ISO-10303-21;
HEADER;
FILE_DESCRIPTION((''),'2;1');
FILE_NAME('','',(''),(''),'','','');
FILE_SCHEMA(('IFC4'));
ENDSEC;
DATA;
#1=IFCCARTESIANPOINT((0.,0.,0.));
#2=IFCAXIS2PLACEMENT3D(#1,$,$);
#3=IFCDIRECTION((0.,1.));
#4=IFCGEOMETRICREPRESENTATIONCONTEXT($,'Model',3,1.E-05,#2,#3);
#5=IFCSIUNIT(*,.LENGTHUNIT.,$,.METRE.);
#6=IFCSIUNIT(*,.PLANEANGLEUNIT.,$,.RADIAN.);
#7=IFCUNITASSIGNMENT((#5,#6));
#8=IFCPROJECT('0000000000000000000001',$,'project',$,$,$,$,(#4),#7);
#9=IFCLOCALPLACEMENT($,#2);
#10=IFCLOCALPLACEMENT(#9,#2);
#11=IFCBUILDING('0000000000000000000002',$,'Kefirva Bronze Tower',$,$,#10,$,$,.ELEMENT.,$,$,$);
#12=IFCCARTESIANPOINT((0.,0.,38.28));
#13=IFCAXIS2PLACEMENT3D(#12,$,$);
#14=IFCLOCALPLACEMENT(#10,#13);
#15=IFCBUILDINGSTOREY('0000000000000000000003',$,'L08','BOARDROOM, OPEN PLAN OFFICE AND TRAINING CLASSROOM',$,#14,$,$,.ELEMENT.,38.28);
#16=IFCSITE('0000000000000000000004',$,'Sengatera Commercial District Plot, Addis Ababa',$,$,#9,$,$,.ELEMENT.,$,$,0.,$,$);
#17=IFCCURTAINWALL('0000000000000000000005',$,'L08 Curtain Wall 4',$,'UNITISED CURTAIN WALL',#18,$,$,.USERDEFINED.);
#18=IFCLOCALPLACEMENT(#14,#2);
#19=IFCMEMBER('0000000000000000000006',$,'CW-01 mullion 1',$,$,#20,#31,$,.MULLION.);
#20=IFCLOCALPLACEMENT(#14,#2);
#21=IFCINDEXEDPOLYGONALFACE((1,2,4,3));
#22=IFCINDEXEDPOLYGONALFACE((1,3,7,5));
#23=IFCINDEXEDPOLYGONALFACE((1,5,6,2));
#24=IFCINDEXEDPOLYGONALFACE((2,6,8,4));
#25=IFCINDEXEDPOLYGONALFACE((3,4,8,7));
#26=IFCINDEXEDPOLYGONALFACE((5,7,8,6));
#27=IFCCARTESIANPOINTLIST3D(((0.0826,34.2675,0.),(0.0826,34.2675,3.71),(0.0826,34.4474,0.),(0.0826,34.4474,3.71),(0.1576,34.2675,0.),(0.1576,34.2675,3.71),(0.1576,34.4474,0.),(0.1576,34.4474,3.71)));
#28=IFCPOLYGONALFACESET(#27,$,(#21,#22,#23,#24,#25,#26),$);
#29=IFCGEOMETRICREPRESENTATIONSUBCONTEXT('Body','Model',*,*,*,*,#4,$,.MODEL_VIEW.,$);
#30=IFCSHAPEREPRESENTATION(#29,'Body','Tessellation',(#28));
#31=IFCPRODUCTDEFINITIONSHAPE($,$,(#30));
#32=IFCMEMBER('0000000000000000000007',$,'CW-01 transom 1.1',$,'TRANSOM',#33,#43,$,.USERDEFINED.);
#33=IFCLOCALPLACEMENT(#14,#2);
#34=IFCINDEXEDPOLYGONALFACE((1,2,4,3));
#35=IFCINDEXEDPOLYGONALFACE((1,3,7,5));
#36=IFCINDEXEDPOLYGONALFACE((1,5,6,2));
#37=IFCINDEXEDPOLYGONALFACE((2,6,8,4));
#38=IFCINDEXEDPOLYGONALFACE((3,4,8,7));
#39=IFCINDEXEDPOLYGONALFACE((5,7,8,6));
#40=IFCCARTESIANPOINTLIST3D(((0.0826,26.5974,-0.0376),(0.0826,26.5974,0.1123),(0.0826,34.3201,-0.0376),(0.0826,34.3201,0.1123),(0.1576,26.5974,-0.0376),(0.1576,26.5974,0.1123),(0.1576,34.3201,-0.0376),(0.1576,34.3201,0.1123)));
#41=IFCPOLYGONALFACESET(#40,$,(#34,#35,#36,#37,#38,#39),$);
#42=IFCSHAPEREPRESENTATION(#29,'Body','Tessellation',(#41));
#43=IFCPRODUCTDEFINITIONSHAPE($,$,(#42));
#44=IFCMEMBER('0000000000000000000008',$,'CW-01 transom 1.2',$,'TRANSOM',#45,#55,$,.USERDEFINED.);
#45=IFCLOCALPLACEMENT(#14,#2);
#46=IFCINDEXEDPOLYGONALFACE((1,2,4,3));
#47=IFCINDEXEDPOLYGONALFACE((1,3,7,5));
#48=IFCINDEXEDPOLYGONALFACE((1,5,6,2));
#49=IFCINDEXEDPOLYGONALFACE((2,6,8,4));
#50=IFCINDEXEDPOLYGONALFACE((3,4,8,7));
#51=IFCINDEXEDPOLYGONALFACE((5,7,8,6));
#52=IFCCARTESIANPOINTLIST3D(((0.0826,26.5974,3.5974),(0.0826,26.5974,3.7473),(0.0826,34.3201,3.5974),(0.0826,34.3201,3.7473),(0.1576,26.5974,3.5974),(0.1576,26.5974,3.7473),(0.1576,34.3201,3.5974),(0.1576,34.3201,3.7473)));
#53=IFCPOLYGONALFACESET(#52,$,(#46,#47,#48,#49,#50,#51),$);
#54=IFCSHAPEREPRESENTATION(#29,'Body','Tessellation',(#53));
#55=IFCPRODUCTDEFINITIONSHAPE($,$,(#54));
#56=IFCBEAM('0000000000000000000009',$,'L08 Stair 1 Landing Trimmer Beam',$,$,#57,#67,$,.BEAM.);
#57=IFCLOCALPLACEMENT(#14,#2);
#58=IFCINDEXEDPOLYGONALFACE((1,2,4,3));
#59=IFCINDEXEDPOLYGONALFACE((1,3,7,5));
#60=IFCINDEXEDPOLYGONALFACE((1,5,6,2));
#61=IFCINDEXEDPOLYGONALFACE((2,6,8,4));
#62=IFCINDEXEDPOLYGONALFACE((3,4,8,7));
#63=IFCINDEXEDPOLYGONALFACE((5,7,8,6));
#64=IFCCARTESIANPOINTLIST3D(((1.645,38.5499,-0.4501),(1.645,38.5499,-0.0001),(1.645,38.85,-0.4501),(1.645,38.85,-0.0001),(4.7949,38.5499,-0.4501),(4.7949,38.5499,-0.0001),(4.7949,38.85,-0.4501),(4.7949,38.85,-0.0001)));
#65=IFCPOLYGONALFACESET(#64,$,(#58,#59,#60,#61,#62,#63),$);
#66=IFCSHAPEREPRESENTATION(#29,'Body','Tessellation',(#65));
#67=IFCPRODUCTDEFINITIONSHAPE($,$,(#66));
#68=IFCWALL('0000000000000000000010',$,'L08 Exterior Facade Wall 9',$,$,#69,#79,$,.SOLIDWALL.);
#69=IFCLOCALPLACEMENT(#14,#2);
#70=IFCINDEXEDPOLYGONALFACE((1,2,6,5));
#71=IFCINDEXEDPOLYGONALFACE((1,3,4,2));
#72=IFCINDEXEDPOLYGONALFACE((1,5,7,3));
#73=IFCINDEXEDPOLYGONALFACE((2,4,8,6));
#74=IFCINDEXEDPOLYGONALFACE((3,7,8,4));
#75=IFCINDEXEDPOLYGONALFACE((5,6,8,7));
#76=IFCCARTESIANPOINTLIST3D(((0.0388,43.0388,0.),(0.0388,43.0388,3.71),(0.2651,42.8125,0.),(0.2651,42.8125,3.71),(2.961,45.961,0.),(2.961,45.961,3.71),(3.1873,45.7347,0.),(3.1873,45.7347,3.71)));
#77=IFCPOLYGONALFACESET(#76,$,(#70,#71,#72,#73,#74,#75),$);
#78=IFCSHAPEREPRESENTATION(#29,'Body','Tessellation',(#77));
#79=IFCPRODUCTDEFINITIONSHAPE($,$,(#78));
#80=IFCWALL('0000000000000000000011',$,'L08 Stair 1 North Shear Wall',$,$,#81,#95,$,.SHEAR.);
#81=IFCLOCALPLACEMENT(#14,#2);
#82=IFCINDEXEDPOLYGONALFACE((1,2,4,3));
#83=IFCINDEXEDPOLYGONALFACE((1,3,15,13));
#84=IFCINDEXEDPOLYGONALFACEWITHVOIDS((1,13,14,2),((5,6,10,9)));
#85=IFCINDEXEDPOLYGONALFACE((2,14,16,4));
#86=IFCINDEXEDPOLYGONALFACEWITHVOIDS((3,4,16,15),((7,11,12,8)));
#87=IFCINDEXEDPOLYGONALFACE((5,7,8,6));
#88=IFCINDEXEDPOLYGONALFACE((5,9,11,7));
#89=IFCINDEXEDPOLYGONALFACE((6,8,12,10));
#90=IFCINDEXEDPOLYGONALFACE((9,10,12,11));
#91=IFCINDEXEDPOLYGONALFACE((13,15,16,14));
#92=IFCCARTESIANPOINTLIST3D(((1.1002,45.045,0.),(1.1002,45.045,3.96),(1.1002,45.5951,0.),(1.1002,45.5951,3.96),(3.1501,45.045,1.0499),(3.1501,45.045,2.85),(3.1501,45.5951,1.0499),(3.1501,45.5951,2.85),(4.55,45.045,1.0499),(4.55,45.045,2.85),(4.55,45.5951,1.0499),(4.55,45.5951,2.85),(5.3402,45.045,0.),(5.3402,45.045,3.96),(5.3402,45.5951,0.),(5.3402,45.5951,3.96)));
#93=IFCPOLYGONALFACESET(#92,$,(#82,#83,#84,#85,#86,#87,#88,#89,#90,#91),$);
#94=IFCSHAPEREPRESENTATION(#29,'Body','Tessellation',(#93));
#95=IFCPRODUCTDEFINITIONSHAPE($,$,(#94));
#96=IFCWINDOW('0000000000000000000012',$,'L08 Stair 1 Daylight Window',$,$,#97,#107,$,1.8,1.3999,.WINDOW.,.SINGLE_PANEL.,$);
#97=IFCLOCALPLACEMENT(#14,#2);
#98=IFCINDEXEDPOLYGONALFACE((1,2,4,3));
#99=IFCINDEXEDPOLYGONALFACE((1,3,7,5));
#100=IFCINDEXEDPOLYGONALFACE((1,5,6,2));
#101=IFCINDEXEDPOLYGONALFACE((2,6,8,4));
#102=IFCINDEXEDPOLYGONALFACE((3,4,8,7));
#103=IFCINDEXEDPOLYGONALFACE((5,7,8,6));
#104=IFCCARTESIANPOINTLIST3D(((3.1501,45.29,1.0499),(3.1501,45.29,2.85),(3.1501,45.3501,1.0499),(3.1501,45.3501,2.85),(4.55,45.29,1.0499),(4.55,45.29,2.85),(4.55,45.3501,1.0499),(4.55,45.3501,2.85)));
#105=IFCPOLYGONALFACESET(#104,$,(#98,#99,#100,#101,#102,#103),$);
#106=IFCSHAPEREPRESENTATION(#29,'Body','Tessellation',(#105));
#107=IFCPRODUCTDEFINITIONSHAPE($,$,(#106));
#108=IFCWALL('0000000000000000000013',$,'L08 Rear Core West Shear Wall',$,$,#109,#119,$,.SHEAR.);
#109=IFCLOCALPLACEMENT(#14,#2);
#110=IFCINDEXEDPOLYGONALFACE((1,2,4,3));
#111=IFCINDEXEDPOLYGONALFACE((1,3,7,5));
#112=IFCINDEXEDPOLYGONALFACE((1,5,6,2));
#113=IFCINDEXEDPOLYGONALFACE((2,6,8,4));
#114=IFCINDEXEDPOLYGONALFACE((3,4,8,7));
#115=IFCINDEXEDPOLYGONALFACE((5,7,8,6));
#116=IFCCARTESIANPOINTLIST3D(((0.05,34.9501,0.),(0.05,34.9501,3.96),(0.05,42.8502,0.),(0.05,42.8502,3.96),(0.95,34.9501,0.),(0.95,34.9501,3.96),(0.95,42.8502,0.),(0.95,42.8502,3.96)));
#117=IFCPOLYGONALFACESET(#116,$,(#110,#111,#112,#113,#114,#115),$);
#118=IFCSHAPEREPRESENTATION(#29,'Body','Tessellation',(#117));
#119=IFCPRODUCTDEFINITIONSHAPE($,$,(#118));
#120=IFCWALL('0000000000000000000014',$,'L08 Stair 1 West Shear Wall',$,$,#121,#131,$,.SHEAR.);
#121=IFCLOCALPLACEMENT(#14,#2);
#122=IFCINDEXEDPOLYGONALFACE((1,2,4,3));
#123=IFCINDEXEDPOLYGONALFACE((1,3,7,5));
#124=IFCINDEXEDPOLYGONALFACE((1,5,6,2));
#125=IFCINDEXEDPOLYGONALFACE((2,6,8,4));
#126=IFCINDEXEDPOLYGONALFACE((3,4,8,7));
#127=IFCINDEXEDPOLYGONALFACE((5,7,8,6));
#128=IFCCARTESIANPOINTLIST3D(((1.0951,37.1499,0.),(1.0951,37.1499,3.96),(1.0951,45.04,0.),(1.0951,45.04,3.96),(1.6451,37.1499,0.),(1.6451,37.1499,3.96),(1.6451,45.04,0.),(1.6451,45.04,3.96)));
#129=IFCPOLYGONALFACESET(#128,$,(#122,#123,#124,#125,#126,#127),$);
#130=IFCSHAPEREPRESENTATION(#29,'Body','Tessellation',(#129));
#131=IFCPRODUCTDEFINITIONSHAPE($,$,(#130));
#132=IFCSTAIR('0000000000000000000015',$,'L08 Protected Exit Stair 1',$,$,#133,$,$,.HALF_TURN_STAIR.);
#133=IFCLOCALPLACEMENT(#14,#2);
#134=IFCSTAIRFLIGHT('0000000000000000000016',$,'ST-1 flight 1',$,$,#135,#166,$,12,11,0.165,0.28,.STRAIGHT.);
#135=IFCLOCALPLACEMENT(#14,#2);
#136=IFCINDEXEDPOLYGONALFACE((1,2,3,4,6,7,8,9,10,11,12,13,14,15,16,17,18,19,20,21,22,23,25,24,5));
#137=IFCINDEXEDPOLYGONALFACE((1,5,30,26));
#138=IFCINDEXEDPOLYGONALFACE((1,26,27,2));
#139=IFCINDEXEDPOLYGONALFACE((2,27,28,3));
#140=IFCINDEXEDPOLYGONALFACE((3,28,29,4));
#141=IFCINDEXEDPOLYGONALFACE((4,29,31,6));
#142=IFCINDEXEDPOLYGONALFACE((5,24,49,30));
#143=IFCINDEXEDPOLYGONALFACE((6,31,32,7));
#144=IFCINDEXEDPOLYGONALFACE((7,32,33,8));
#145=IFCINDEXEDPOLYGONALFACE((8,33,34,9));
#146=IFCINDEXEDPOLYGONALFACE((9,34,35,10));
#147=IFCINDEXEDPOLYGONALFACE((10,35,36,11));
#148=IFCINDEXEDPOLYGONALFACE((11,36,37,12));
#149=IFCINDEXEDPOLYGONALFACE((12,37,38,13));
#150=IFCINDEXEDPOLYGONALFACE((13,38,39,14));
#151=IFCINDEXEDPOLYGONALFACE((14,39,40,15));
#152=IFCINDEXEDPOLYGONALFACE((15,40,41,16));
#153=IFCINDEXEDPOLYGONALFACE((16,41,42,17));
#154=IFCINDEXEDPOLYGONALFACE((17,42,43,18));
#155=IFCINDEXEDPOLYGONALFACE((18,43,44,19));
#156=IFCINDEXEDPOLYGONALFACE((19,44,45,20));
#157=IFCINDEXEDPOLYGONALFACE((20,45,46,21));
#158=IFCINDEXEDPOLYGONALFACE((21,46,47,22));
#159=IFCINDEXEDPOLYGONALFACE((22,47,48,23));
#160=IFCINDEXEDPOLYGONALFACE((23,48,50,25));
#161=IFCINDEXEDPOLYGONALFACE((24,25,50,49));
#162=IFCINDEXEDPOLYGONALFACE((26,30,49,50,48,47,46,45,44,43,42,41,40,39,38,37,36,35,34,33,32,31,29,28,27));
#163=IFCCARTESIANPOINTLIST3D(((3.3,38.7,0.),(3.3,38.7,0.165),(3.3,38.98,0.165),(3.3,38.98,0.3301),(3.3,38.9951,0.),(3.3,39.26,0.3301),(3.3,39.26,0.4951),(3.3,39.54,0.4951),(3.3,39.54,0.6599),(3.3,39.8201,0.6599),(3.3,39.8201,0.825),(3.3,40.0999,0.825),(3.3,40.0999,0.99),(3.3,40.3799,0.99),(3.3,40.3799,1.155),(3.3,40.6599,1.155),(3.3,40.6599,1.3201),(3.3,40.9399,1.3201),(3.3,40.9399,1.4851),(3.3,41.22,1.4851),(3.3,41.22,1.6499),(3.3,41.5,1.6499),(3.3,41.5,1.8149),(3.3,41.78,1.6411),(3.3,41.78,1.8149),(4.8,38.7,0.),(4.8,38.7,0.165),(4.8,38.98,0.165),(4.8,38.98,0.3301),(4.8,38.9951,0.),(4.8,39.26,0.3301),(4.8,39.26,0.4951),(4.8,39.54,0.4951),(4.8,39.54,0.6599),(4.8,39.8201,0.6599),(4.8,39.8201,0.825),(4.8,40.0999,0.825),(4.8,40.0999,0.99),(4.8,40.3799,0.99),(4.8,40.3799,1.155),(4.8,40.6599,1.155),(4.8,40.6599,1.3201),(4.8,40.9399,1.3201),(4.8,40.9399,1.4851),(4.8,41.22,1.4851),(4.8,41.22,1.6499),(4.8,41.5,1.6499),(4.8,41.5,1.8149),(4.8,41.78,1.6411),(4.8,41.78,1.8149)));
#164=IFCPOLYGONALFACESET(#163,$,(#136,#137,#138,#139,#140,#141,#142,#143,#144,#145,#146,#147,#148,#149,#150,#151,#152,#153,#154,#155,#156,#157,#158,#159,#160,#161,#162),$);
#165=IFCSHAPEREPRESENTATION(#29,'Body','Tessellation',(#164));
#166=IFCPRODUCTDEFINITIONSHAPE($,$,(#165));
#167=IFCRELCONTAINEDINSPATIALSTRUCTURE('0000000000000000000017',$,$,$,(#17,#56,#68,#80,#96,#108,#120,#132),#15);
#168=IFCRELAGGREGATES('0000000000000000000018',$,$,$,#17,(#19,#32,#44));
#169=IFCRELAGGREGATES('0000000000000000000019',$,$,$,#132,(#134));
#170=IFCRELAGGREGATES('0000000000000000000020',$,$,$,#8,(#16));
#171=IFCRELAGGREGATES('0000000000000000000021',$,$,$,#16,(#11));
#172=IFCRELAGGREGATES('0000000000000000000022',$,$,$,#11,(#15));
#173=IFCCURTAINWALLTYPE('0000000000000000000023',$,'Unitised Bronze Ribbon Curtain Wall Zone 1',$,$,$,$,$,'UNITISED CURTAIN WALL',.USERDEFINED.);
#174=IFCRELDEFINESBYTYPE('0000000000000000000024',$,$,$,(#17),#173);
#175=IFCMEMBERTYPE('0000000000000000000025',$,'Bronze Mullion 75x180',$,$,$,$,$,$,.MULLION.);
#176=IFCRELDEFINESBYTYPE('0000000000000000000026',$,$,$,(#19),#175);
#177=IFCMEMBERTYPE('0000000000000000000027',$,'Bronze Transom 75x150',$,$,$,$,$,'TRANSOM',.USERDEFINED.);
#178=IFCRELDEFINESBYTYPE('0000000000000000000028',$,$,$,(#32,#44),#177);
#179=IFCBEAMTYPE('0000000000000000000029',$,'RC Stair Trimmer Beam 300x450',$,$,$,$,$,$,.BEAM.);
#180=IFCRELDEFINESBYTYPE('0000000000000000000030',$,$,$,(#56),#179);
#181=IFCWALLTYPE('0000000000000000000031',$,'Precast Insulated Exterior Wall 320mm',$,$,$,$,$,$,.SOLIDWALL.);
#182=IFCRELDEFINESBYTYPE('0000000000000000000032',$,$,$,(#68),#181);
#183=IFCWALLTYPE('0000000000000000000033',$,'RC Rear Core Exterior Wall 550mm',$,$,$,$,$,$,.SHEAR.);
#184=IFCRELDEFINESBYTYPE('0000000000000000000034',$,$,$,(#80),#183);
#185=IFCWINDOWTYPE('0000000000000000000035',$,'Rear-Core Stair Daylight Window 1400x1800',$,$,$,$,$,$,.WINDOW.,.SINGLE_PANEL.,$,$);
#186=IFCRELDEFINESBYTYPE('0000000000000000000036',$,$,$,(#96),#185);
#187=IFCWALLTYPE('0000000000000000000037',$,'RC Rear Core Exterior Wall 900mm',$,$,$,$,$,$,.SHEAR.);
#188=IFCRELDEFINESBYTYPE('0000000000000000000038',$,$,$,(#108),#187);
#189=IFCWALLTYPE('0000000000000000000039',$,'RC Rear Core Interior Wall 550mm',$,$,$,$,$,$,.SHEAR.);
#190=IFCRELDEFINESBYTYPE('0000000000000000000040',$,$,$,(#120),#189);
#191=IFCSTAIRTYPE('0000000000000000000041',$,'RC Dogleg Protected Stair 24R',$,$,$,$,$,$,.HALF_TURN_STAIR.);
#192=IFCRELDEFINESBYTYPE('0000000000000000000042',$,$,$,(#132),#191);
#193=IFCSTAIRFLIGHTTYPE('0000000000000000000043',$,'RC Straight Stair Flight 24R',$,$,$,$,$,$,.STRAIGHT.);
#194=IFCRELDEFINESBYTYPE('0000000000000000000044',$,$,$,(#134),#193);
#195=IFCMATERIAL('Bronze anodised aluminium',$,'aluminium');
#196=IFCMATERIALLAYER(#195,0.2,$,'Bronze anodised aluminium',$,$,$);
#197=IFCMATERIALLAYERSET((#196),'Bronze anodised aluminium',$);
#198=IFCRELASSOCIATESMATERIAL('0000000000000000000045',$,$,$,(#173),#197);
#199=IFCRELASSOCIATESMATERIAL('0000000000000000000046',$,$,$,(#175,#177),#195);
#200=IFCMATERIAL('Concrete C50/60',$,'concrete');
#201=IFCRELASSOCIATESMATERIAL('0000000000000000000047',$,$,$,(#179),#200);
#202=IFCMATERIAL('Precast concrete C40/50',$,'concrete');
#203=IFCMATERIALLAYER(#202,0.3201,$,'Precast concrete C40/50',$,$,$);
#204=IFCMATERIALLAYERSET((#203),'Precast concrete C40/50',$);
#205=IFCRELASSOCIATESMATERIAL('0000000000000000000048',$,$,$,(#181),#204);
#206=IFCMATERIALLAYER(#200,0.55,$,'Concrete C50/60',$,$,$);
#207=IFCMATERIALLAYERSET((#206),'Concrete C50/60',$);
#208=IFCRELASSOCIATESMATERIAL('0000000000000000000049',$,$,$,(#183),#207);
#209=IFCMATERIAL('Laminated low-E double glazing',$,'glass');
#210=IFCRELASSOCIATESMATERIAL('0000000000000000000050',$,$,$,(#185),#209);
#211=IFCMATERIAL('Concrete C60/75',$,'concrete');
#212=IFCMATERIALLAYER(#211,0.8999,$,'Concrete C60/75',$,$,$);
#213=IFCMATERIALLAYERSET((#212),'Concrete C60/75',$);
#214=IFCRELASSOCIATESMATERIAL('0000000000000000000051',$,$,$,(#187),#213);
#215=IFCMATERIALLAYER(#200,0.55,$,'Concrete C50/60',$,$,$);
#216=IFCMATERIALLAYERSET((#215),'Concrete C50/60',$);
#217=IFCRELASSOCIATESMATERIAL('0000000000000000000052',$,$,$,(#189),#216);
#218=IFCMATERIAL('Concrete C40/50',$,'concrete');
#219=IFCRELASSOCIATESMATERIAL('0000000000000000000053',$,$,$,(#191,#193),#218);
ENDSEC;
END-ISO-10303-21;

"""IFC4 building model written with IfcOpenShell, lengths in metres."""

from ifc_helpers import new_model, si_unit, direction, frame, frame_2d, origin, origin_2d, place, context, subcontext, project, spatial, polyline, rectangle, outline, extrude, material, layer, layer_set, material_profile, profile_set, type_object, element, fill, aggregate, save


model = new_model("IFC4")

# Units and contexts
model_context = context("Model", 3, precision=1e-05, world=origin(), true_north=direction((0.0, 1.0)))
body_context = subcontext(model_context, "Body", "Model", "MODEL_VIEW")
ifc_project = project(units=[si_unit("LENGTHUNIT", "METRE"), si_unit("PLANEANGLEUNIT", "RADIAN")], contexts=[model_context])

# Site, building, storey
site_placement = place(None, origin())
site = spatial("IfcSite", under=ifc_project, at=site_placement, Name="Sengatera Commercial District Plot, Addis Ababa", CompositionType="ELEMENT", RefElevation=0.0)
building_placement = place(site_placement, origin())
building = spatial("IfcBuilding", under=site, at=building_placement, Name="Kefirva Bronze Tower", CompositionType="ELEMENT")
storey_placement = place(building_placement, frame((0.0, 0.0, 38.28)))
storey = spatial("IfcBuildingStorey", under=building, at=storey_placement, Name="L08", Description="BOARDROOM, OPEN PLAN OFFICE AND TRAINING CLASSROOM", CompositionType="ELEMENT", Elevation=38.28)

# Curtain wall, members
ifc_material_1 = material(Name="Bronze anodised aluminium", Category="aluminium")
ifc_layer_1 = layer(ifc_material_1, 0.2, Name="Bronze anodised aluminium")
ifc_layer_set_1 = layer_set([ifc_layer_1], Name="Bronze anodised aluminium")
curtain_wall_type = type_object("IfcCurtainWallType", Name="Unitised Bronze Ribbon Curtain Wall Zone 1", ElementType="UNITISED CURTAIN WALL", PredefinedType="USERDEFINED", material=ifc_layer_set_1)
curtain_wall_placement = place(storey_placement, origin())
curtain_wall = element("IfcCurtainWall", 1, at=curtain_wall_placement, inside=storey, type_object=curtain_wall_type, Name="L08 Curtain Wall 4", ObjectType="UNITISED CURTAIN WALL", PredefinedType="USERDEFINED")
ifc_material_profile_1 = material_profile(ifc_material_1, rectangle(XDim=0.075, YDim=0.1799, at=origin_2d()), Name="ALU 75x180")
ifc_profile_set_1 = profile_set([ifc_material_profile_1], Name="Bronze anodised aluminium")
member_type_1 = type_object("IfcMemberType", Name="Bronze Mullion 75x180", PredefinedType="MULLION", material=ifc_profile_set_1)
member_1_placement = place(storey_placement, frame((0.1201, 34.3574, 0.0), z_axis=(0.0, 0.0, 1.0), x_axis=(1.0, 0.0, 0.0)))
member_1 = element("IfcMember", 2, at=member_1_placement, type_object=member_type_1, Name="CW-01 mullion 1", PredefinedType="MULLION", context=body_context, shape_type="SweptSolid", body=[
    extrude(rectangle(XDim=0.075, YDim=0.1799, at=origin_2d()), origin(), (0.0, 0.0, 1.0), 3.71),
])
ifc_material_profile_2 = material_profile(ifc_material_1, rectangle(XDim=0.075, YDim=0.1499, at=origin_2d()), Name="ALU 75x150")
ifc_profile_set_2 = profile_set([ifc_material_profile_2], Name="Bronze anodised aluminium")
member_type_2 = type_object("IfcMemberType", Name="Bronze Transom 75x150", ElementType="TRANSOM", PredefinedType="USERDEFINED", material=ifc_profile_set_2)
member_2_placement = place(storey_placement, frame((0.1201, 34.3201, 0.0374), z_axis=(0.0, -1.0, 0.0), x_axis=(1.0, 0.0, 0.0)))
member_2 = element("IfcMember", 3, at=member_2_placement, type_object=member_type_2, Name="CW-01 transom 1.1", ObjectType="TRANSOM", PredefinedType="USERDEFINED", context=body_context, shape_type="SweptSolid", body=[
    extrude(rectangle(XDim=0.075, YDim=0.1499, at=origin_2d()), origin(), (0.0, 0.0, 1.0), 7.7227),
])
member_3_placement = place(storey_placement, frame((0.1201, 34.3201, 3.6724), z_axis=(0.0, -1.0, 0.0), x_axis=(1.0, 0.0, 0.0)))
member_3 = element("IfcMember", 4, at=member_3_placement, type_object=member_type_2, Name="CW-01 transom 1.2", ObjectType="TRANSOM", PredefinedType="USERDEFINED", context=body_context, shape_type="SweptSolid", body=[
    extrude(rectangle(XDim=0.075, YDim=0.1499, at=origin_2d()), origin(), (0.0, 0.0, 1.0), 7.7227),
])
aggregate(curtain_wall, [member_1, member_2, member_3])

# Beam
ifc_material_2 = material(Name="Concrete C50/60", Category="concrete")
ifc_material_profile_3 = material_profile(ifc_material_2, rectangle(XDim=0.3, YDim=0.45, at=origin_2d()), Name="RC 300x450")
ifc_profile_set_3 = profile_set([ifc_material_profile_3], Name="Concrete C50/60")
beam_type = type_object("IfcBeamType", Name="RC Stair Trimmer Beam 300x450", PredefinedType="BEAM", material=ifc_profile_set_3)
beam_placement = place(storey_placement, frame((1.645, 38.7, -0.2251), z_axis=(1.0, 0.0, 0.0), x_axis=(0.0, 1.0, 0.0)))
element("IfcBeam", 5, at=beam_placement, inside=storey, type_object=beam_type, Name="L08 Stair 1 Landing Trimmer Beam", PredefinedType="BEAM", context=body_context, shape_type="SweptSolid", body=[
    extrude(rectangle(XDim=0.3, YDim=0.45, at=origin_2d()), origin(), (0.0, 0.0, 1.0), 3.1499),
])

# Wall
ifc_material_3 = material(Name="Precast concrete C40/50", Category="concrete")
ifc_layer_2 = layer(ifc_material_3, 0.3201, Name="Precast concrete C40/50")
ifc_layer_set_2 = layer_set([ifc_layer_2], Name="Precast concrete C40/50")
wall_type_1 = type_object("IfcWallType", Name="Precast Insulated Exterior Wall 320mm", PredefinedType="SOLIDWALL", material=ifc_layer_set_2)
wall_1_placement = place(storey_placement, frame((3.0742, 45.8479, 0.0), z_axis=(0.0, 0.0, 1.0), x_axis=(-0.707107, -0.707107, 0.0)))
element("IfcWall", 6, at=wall_1_placement, inside=storey, type_object=wall_type_1, Name="L08 Exterior Facade Wall 9", PredefinedType="SOLIDWALL", context=body_context, shape_type="SweptSolid", body=[
    extrude(rectangle(XDim=4.1326, YDim=0.3201, at=frame_2d((2.0664, 0.0))), origin(), (0.0, 0.0, 1.0), 3.71),
])

# Wall, opening, window
ifc_layer_3 = layer(ifc_material_2, 0.55, Name="Concrete C50/60")
ifc_layer_set_3 = layer_set([ifc_layer_3], Name="Concrete C50/60")
wall_type_2 = type_object("IfcWallType", Name="RC Rear Core Exterior Wall 550mm", PredefinedType="SHEAR", material=ifc_layer_set_3)
wall_2_placement = place(storey_placement, frame((1.1001, 45.3201, 0.0), z_axis=(0.0, 0.0, 1.0), x_axis=(1.0, 0.0, 0.0)))
wall_2 = element("IfcWall", 7, at=wall_2_placement, inside=storey, type_object=wall_type_2, Name="L08 Stair 1 North Shear Wall", PredefinedType="SHEAR", context=body_context, shape_type="SweptSolid", body=[
    extrude(rectangle(XDim=4.24, YDim=0.55, at=frame_2d((2.1201, 0.0))), origin(), (0.0, 0.0, 1.0), 3.96),
])
opening_1_placement = place(wall_2_placement, frame((2.05, 0.0, 1.05)))
opening_1 = element("IfcOpeningElement", 8, at=opening_1_placement, cuts=wall_2, PredefinedType="OPENING", context=body_context, shape_type="SweptSolid", body=[
    extrude(rectangle(XDim=1.3999, YDim=1.8, at=frame_2d((0.7, 0.8999))), frame((0.0, 0.2852, 0.0), z_axis=(0.0, -1.0, 0.0), x_axis=(1.0, 0.0, 0.0)), (0.0, 0.0, 1.0), 0.5701),
])
ifc_material_4 = material(Name="Laminated low-E double glazing", Category="glass")
window_type = type_object("IfcWindowType", Name="Rear-Core Stair Daylight Window 1400x1800", PartitioningType="SINGLE_PANEL", PredefinedType="WINDOW", material=ifc_material_4)
window_placement = place(opening_1_placement, origin())
window = element("IfcWindow", 9, at=window_placement, inside=storey, type_object=window_type, Name="L08 Stair 1 Daylight Window", OverallHeight=1.8, OverallWidth=1.3999, PartitioningType="SINGLE_PANEL", PredefinedType="WINDOW", context=body_context, shape_type="SweptSolid", body=[
    extrude(rectangle(XDim=1.3999, YDim=1.8, at=frame_2d((0.7, 0.8999))), frame((0.0, 0.03, 0.0), z_axis=(0.0, -1.0, 0.0), x_axis=(1.0, 0.0, 0.0)), (0.0, 0.0, 1.0), 0.0601),
])
fill(opening_1, window)

# Walls
ifc_material_5 = material(Name="Concrete C60/75", Category="concrete")
ifc_layer_4 = layer(ifc_material_5, 0.8999, Name="Concrete C60/75")
ifc_layer_set_4 = layer_set([ifc_layer_4], Name="Concrete C60/75")
wall_type_3 = type_object("IfcWallType", Name="RC Rear Core Exterior Wall 900mm", PredefinedType="SHEAR", material=ifc_layer_set_4)
wall_3_placement = place(storey_placement, frame((0.5, 34.95, 0.0), z_axis=(0.0, 0.0, 1.0), x_axis=(0.0, 1.0, 0.0)))
element("IfcWall", 10, at=wall_3_placement, inside=storey, type_object=wall_type_3, Name="L08 Rear Core West Shear Wall", PredefinedType="SHEAR", context=body_context, shape_type="SweptSolid", body=[
    extrude(rectangle(XDim=7.9001, YDim=0.8999, at=frame_2d((3.9502, 0.0))), origin(), (0.0, 0.0, 1.0), 3.96),
])
ifc_layer_5 = layer(ifc_material_2, 0.55, Name="Concrete C50/60")
ifc_layer_set_5 = layer_set([ifc_layer_5], Name="Concrete C50/60")
wall_type_4 = type_object("IfcWallType", Name="RC Rear Core Interior Wall 550mm", PredefinedType="SHEAR", material=ifc_layer_set_5)
wall_4_placement = place(storey_placement, frame((1.3701, 37.1499, 0.0), z_axis=(0.0, 0.0, 1.0), x_axis=(0.0, 1.0, 0.0)))
element("IfcWall", 11, at=wall_4_placement, inside=storey, type_object=wall_type_4, Name="L08 Stair 1 West Shear Wall", PredefinedType="SHEAR", context=body_context, shape_type="SweptSolid", body=[
    extrude(rectangle(XDim=7.8901, YDim=0.55, at=frame_2d((3.9451, 0.0))), origin(), (0.0, 0.0, 1.0), 3.96),
])

# Stair, stair flight
ifc_material_6 = material(Name="Concrete C40/50", Category="concrete")
stair_type = type_object("IfcStairType", Name="RC Dogleg Protected Stair 24R", PredefinedType="HALF_TURN_STAIR", material=ifc_material_6)
stair_placement = place(storey_placement, origin())
stair = element("IfcStair", 12, at=stair_placement, inside=storey, type_object=stair_type, Name="L08 Protected Exit Stair 1", PredefinedType="HALF_TURN_STAIR")
stair_flight_type = type_object("IfcStairFlightType", Name="RC Straight Stair Flight 24R", PredefinedType="STRAIGHT", material=ifc_material_6)
stair_flight_1_placement = place(storey_placement, frame((4.05, 38.7, 0.0), z_axis=(0.0, 0.0, 1.0), x_axis=(0.0, 1.0, 0.0)))
stair_flight_1 = element("IfcStairFlight", 13, at=stair_flight_1_placement, type_object=stair_flight_type, Name="ST-1 flight 1", NumberOfRisers=12, NumberOfTreads=11, PredefinedType="STRAIGHT", RiserHeight=0.165, TreadLength=0.28, context=body_context, shape_type="SweptSolid", body=[
    extrude(outline(polyline([(0.0, 0.0), (0.0, 0.165), (0.28, 0.165), (0.28, 0.3301), (0.5601, 0.3301), (0.5601, 0.4951), (0.8401, 0.4951), (0.8401, 0.6599), (1.1201, 0.6599), (1.1201, 0.825), (1.3999, 0.825), (1.3999, 0.99), (1.6799, 0.99), (1.6799, 1.155), (1.96, 1.155), (1.96, 1.3201), (2.24, 1.3201), (2.24, 1.4851), (2.52, 1.4851), (2.52, 1.6499), (2.8, 1.6499), (2.8, 1.8149), (3.0801, 1.8149), (3.0801, 1.98), (3.0801, 1.6411), (0.2952, 0.0), (0.0, 0.0)])), frame((0.0, 0.75, 0.0), z_axis=(0.0, -1.0, 0.0), x_axis=(1.0, 0.0, 0.0)), (0.0, 0.0, 1.0), 1.5),
])
aggregate(stair, [stair_flight_1])

save(model, "model.ifc")
